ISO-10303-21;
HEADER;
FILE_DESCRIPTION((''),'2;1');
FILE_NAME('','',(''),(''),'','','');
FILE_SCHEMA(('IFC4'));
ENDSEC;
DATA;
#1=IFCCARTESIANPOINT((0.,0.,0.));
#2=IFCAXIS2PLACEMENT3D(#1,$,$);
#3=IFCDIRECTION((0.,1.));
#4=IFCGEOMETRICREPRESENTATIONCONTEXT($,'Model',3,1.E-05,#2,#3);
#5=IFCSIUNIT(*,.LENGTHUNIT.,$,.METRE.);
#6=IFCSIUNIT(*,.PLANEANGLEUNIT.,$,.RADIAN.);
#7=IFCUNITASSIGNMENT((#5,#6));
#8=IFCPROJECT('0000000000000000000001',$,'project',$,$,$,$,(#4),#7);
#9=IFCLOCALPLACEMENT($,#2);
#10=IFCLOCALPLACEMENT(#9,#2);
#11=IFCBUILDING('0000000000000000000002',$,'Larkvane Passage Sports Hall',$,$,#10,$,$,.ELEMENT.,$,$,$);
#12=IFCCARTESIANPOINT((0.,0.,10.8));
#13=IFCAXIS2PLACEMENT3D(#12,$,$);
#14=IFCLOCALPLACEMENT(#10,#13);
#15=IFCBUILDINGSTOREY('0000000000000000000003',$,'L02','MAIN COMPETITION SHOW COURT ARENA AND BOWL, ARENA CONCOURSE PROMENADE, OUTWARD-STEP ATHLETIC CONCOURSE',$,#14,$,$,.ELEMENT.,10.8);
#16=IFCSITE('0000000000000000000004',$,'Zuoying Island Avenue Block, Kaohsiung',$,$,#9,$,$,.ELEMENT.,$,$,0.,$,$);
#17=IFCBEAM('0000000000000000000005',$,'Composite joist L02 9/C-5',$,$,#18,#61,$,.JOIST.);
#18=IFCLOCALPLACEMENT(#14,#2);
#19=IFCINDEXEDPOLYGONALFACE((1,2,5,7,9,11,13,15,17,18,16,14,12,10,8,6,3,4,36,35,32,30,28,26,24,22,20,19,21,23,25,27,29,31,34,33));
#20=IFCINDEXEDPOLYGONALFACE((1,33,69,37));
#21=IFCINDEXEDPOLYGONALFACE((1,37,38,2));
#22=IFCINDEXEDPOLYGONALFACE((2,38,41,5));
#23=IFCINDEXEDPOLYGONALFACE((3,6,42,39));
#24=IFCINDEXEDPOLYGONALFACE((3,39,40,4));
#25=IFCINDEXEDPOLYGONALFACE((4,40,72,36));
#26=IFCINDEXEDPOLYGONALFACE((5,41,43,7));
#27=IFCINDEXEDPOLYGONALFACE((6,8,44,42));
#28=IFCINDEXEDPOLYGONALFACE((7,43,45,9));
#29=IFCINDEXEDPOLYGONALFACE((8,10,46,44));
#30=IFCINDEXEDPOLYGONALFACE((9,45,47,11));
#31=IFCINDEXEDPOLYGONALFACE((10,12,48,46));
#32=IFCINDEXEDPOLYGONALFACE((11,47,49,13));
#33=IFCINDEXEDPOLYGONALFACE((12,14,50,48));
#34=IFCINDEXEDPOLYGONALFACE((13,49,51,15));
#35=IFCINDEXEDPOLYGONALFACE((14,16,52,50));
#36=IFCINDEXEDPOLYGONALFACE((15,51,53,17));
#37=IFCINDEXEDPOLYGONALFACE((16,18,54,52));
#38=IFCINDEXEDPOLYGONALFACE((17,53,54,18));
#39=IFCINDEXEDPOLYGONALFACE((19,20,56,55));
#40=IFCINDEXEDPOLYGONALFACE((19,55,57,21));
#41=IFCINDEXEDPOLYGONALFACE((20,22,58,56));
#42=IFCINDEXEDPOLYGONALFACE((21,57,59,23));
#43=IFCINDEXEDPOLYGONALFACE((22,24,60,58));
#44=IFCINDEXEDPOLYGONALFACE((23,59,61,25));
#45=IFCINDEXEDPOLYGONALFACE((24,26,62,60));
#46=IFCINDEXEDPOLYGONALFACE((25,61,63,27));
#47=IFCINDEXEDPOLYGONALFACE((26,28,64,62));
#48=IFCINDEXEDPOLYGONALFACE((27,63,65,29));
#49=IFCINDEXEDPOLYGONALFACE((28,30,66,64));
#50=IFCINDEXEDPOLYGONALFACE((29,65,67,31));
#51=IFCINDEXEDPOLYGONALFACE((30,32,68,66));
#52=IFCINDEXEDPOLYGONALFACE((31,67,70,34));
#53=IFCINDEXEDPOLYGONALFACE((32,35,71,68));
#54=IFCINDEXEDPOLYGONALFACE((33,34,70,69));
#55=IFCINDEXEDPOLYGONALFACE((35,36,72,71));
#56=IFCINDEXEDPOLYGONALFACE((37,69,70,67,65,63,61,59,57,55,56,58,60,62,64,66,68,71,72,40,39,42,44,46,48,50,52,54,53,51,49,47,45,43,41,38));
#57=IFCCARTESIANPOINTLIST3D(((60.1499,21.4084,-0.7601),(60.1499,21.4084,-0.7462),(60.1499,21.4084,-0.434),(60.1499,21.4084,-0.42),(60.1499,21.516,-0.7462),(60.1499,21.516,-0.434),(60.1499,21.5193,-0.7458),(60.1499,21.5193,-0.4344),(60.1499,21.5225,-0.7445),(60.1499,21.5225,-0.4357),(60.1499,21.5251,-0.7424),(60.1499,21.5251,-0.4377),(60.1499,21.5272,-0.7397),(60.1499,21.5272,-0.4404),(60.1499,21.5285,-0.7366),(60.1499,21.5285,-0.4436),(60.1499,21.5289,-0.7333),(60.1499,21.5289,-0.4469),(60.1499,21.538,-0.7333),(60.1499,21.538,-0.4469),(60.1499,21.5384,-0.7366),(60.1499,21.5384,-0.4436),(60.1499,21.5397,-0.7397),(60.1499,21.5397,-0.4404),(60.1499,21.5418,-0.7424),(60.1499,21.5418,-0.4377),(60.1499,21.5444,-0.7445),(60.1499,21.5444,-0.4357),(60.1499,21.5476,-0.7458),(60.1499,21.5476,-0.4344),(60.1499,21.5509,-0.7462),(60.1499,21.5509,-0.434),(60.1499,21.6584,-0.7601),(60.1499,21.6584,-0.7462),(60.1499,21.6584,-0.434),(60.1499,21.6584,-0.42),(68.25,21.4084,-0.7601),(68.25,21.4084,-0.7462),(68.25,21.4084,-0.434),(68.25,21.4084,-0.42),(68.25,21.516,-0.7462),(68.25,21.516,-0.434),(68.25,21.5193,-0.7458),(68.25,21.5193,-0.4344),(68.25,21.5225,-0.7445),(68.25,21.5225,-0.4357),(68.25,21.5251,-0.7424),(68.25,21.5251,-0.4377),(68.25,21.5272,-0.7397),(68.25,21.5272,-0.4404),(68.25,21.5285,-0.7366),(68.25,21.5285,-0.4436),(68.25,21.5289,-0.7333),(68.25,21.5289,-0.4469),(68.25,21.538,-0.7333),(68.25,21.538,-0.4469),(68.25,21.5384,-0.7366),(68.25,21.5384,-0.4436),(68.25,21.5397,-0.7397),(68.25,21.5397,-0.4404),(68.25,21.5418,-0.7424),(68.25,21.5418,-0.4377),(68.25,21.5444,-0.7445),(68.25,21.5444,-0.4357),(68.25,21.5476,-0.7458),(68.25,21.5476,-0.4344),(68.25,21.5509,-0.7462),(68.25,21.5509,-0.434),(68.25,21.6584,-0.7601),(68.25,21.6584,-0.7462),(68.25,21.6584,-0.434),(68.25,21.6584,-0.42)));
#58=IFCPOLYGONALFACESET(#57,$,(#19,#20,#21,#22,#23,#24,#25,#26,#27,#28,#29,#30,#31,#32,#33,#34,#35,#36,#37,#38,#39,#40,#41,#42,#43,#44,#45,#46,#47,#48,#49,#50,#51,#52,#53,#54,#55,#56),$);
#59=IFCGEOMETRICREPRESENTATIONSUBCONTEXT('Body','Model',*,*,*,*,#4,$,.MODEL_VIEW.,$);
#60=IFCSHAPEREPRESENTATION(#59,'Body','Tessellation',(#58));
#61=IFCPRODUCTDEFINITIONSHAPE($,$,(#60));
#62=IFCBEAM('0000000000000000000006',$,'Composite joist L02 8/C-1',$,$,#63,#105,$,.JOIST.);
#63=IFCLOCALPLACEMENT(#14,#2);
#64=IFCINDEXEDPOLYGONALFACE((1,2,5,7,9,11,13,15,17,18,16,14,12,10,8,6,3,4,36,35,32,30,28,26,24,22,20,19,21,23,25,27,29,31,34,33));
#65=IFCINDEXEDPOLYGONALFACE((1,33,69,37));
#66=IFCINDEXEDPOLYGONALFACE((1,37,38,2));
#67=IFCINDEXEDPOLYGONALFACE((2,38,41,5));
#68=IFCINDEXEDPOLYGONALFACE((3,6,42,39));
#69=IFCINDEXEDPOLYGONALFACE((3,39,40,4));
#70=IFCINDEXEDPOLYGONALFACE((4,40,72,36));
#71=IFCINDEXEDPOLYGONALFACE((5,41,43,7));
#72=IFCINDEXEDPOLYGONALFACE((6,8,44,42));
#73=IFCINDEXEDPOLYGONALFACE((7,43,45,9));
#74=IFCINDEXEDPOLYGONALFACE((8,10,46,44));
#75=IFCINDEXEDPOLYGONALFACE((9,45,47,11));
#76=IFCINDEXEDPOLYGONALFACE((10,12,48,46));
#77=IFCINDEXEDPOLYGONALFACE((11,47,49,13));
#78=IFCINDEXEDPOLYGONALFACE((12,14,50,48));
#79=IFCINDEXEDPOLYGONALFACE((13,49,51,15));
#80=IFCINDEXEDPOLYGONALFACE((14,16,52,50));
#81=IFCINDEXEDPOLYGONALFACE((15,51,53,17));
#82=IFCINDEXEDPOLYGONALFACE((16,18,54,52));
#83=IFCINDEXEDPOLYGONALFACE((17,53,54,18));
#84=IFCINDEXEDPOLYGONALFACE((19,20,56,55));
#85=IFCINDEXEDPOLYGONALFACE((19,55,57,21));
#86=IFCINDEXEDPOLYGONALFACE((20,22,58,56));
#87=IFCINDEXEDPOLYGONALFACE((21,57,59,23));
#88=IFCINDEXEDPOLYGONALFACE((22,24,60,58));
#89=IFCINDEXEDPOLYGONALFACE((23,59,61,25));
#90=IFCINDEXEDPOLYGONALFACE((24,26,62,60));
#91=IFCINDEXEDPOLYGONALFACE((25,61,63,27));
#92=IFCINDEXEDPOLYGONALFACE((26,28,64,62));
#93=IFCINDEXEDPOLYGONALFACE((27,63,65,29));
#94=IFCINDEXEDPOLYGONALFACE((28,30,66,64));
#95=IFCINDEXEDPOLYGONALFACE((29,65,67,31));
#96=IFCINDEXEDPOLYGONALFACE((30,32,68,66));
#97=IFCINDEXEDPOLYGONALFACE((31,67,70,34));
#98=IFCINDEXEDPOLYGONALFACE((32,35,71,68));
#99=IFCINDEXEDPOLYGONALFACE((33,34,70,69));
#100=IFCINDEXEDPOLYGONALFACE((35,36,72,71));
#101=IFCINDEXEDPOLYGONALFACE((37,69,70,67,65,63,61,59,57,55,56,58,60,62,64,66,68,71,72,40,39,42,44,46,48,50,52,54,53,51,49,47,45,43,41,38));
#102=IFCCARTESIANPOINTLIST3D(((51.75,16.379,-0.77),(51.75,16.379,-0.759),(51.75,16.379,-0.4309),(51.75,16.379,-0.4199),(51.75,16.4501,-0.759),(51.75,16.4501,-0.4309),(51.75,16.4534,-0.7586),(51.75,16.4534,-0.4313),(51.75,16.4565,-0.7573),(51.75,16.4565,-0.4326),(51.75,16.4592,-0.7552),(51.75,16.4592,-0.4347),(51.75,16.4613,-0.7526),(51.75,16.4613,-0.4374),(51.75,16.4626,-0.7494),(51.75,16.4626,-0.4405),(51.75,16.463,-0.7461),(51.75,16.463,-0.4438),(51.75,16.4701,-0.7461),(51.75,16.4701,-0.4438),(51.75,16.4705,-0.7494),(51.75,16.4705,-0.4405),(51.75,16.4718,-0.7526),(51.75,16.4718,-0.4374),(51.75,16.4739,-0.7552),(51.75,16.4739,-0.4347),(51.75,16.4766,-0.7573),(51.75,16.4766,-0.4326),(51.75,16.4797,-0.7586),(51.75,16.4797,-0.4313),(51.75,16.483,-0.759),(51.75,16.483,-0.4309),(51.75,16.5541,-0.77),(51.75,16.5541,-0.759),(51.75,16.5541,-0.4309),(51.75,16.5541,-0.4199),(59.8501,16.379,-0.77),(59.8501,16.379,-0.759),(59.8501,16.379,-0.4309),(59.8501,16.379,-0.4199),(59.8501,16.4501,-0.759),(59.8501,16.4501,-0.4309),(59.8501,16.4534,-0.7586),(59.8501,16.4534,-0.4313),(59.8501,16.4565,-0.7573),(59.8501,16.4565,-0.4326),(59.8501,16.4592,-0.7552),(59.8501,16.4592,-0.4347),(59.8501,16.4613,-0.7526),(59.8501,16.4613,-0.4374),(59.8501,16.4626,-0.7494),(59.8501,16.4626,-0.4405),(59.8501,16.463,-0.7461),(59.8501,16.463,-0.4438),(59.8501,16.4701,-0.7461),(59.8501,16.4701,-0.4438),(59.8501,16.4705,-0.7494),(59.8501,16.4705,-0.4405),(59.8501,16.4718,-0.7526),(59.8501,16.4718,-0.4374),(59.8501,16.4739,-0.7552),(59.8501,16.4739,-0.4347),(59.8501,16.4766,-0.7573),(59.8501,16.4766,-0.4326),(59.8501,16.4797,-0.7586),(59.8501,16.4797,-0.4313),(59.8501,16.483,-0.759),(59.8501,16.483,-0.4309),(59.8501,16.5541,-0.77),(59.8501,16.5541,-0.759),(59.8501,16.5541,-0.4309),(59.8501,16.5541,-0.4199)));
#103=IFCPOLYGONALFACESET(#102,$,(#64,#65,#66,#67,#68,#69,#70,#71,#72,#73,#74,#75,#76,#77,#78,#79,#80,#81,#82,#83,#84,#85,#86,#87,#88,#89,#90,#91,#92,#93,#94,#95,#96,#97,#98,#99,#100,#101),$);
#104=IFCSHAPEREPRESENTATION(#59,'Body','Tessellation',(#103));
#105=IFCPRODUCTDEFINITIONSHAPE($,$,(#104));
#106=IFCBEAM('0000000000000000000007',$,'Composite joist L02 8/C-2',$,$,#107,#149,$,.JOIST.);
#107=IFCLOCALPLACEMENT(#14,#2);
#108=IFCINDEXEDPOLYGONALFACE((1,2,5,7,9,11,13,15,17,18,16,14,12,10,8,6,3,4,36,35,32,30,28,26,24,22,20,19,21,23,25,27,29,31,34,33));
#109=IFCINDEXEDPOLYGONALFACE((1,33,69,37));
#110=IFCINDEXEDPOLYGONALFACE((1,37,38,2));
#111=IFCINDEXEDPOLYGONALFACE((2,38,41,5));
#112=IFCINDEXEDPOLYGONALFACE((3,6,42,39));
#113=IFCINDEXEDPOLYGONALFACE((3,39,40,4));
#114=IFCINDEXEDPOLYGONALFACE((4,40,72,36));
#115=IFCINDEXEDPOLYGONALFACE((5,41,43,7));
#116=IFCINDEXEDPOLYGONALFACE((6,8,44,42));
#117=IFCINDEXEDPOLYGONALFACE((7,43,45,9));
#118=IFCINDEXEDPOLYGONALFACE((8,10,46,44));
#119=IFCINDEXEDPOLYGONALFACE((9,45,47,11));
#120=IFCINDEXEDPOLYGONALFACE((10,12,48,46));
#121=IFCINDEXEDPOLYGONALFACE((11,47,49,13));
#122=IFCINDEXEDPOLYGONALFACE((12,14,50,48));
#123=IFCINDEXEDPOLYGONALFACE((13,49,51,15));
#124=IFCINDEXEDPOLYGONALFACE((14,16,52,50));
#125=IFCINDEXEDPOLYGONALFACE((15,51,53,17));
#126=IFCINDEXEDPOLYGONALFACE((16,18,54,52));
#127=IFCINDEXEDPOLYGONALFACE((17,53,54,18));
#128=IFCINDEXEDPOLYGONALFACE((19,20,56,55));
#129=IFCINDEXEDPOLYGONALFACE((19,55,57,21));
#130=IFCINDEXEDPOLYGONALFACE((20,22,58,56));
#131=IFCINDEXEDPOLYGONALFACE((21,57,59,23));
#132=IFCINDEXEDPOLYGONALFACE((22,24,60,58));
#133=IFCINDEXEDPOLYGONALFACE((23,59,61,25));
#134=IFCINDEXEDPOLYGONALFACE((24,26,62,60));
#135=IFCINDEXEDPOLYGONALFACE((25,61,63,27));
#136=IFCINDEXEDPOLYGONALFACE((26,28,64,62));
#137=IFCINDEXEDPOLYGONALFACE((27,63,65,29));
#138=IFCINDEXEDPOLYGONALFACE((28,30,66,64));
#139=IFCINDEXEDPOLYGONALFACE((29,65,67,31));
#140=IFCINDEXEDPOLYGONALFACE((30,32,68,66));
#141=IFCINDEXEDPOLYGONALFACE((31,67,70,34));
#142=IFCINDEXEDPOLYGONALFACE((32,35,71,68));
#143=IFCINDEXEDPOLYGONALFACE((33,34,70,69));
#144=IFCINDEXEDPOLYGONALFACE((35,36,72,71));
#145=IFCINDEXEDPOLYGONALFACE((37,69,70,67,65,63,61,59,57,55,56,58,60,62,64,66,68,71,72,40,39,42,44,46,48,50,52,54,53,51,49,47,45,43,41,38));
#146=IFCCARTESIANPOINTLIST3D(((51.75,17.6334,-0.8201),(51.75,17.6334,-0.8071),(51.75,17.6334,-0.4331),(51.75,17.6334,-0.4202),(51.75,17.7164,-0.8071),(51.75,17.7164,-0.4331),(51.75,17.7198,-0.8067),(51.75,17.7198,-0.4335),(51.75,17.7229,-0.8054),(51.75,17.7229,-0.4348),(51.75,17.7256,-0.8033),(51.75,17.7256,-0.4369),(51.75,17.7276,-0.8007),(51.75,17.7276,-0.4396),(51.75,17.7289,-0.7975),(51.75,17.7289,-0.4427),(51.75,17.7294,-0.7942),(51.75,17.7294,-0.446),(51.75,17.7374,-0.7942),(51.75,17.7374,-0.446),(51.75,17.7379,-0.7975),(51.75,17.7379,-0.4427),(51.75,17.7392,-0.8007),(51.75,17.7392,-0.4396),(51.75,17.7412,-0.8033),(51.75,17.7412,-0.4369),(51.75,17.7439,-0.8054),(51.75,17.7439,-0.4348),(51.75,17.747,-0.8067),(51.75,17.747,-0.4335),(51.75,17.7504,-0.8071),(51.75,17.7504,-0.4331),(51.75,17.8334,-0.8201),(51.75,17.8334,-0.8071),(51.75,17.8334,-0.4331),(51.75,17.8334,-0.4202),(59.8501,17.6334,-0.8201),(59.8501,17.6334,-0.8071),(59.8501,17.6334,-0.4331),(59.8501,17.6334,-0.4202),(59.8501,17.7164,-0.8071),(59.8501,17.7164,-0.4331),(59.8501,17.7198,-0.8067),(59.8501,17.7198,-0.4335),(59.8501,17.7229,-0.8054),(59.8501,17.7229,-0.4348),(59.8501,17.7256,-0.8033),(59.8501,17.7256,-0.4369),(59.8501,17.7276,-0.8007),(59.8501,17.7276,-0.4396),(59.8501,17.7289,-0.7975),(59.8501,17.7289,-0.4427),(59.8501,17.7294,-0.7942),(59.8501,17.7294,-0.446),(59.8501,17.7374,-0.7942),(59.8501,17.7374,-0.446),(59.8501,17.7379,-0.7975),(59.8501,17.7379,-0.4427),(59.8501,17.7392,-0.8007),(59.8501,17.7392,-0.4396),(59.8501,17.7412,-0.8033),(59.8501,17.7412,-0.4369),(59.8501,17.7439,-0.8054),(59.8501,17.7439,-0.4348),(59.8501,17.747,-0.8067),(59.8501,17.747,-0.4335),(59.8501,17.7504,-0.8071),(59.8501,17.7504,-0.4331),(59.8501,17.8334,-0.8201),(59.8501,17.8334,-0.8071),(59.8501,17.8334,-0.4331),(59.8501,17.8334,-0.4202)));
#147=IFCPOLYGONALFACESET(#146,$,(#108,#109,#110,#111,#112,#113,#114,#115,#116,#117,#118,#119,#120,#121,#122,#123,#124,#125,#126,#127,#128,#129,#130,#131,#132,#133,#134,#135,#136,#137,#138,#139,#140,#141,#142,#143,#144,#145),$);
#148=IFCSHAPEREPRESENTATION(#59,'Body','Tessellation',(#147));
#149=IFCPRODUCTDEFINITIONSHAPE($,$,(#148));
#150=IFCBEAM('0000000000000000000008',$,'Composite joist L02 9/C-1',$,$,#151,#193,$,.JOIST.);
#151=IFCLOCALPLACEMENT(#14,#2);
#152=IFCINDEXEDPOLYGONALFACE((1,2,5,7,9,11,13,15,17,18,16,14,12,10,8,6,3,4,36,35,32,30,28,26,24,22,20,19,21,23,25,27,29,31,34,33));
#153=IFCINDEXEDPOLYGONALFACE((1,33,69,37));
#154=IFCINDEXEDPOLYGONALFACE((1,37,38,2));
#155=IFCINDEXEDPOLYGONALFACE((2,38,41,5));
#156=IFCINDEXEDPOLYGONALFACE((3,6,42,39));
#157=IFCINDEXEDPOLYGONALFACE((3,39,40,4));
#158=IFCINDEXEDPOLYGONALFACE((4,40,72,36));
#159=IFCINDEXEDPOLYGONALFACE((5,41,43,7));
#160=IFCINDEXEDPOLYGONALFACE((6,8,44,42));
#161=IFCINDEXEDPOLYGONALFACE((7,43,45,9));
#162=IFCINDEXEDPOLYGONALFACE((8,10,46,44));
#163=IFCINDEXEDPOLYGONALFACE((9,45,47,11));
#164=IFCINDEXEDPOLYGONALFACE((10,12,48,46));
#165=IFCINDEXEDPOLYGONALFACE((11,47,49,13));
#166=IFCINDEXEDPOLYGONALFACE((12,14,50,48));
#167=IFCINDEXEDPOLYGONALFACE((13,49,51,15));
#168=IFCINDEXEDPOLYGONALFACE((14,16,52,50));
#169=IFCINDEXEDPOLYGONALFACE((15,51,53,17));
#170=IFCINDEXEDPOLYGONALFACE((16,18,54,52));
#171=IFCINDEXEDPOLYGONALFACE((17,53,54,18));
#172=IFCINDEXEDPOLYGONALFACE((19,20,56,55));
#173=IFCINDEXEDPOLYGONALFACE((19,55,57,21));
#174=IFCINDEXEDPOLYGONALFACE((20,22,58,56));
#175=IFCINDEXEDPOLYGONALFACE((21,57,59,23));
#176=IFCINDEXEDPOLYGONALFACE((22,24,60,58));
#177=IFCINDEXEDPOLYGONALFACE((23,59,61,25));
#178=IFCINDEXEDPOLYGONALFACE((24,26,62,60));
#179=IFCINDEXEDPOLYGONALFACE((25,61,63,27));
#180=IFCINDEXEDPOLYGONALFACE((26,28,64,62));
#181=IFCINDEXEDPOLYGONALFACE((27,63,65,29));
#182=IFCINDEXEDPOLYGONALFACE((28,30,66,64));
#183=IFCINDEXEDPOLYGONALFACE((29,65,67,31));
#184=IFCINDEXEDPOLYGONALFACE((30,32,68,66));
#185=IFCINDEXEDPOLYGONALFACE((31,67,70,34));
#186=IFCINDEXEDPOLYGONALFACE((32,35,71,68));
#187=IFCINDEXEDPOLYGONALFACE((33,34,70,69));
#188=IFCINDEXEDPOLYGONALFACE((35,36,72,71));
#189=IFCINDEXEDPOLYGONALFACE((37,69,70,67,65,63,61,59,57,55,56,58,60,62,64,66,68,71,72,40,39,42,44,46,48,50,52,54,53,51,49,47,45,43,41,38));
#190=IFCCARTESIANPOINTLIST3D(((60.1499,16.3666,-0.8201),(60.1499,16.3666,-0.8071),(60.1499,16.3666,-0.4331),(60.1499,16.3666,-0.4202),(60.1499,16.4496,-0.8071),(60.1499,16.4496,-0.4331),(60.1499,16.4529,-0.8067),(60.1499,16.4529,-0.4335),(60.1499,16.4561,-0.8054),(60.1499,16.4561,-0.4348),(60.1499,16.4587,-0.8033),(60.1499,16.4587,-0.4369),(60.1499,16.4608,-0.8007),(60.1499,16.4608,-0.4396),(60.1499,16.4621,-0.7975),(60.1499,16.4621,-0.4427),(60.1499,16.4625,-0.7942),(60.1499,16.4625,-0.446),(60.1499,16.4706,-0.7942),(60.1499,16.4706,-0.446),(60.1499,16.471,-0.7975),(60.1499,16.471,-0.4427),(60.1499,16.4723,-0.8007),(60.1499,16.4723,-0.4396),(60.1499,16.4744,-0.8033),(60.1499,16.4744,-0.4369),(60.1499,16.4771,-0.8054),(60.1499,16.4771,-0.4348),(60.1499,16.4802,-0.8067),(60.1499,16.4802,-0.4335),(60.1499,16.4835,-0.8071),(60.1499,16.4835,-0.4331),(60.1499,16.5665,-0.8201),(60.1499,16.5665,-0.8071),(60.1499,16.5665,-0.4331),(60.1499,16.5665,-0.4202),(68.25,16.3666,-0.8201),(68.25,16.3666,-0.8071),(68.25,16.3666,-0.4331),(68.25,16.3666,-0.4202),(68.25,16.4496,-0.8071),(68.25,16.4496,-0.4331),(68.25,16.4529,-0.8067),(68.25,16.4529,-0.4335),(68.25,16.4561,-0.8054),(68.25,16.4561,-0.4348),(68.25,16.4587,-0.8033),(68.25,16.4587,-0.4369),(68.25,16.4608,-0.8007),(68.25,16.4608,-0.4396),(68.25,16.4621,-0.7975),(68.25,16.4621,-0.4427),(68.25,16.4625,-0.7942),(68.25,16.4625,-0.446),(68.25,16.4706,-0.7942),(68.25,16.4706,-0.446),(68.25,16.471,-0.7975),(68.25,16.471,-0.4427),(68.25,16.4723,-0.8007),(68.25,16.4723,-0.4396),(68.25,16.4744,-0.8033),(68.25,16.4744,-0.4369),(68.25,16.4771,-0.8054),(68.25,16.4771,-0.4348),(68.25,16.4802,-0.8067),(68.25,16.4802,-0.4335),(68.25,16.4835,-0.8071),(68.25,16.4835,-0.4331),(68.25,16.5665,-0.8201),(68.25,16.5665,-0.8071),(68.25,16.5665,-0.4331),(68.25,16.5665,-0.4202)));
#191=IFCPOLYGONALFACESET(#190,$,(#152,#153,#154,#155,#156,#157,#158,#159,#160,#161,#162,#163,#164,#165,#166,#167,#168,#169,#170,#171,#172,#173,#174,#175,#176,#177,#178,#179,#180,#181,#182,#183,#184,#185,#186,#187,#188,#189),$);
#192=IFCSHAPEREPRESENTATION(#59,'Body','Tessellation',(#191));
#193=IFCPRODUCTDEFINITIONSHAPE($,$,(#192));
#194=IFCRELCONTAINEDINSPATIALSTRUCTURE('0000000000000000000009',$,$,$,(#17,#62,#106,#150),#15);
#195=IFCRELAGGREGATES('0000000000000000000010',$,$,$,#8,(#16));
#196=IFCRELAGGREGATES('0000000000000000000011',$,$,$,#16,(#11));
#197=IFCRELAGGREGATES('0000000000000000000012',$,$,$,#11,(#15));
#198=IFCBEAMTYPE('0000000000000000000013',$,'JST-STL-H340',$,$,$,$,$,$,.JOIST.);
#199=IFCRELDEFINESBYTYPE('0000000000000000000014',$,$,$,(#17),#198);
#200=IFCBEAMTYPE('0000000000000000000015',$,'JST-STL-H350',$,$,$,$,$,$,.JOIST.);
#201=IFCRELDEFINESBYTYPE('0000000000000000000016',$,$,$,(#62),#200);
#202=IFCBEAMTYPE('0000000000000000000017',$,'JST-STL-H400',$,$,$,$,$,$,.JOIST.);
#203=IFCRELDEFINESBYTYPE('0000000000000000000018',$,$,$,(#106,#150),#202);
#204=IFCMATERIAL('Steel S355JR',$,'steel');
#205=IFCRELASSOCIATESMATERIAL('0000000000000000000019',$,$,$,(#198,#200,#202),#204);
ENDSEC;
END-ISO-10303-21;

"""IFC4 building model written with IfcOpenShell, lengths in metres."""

from ifc_helpers import new_model, si_unit, direction, frame, origin, origin_2d, place, context, subcontext, project, spatial, i_section, extrude, material, material_profile, profile_set, type_object, element, save


model = new_model("IFC4")

# Units and contexts
model_context = context("Model", 3, precision=1e-05, world=origin(), true_north=direction((0.0, 1.0)))
body_context = subcontext(model_context, "Body", "Model", "MODEL_VIEW")
ifc_project = project(units=[si_unit("LENGTHUNIT", "METRE"), si_unit("PLANEANGLEUNIT", "RADIAN")], contexts=[model_context])

# Site, building, storey
site_placement = place(None, origin())
site = spatial("IfcSite", under=ifc_project, at=site_placement, Name="Zuoying Island Avenue Block, Kaohsiung", CompositionType="ELEMENT", RefElevation=0.0)
building_placement = place(site_placement, origin())
building = spatial("IfcBuilding", under=site, at=building_placement, Name="Larkvane Passage Sports Hall", CompositionType="ELEMENT")
storey_placement = place(building_placement, frame((0.0, 0.0, 10.8)))
storey = spatial("IfcBuildingStorey", under=building, at=storey_placement, Name="L02", Description="MAIN COMPETITION SHOW COURT ARENA AND BOWL, ARENA CONCOURSE PROMENADE, OUTWARD-STEP ATHLETIC CONCOURSE", CompositionType="ELEMENT", Elevation=10.8)

# Shared definitions
ifc_material_1 = material(Name="Steel S355JR", Category="steel")

# Beams
ifc_material_profile_1 = material_profile(ifc_material_1, i_section(OverallWidth=0.25, OverallDepth=0.3401, WebThickness=0.009, FlangeThickness=0.0139, FilletRadius=0.0129, at=origin_2d()), Name="H-340x250x9x14")
ifc_profile_set_1 = profile_set([ifc_material_profile_1], Name="Steel S355JR")
beam_type_1 = type_object("IfcBeamType", Name="JST-STL-H340", PredefinedType="JOIST", material=ifc_profile_set_1)
beam_1_placement = place(storey_placement, frame((60.1499, 21.5334, -0.5901), z_axis=(1.0, 0.0, 0.0), x_axis=(0.0, 1.0, 0.0)))
element("IfcBeam", 1, at=beam_1_placement, inside=storey, type_object=beam_type_1, Name="Composite joist L02 9/C-5", PredefinedType="JOIST", context=body_context, shape_type="SweptSolid", body=[
    extrude(i_section(OverallWidth=0.25, OverallDepth=0.3401, WebThickness=0.009, FlangeThickness=0.0139, FilletRadius=0.0129, at=origin_2d()), origin(), (0.0, 0.0, 1.0), 8.1001),
])
ifc_material_profile_2 = material_profile(ifc_material_1, i_section(OverallWidth=0.175, OverallDepth=0.3501, WebThickness=0.0071, FlangeThickness=0.011, FilletRadius=0.0129, at=origin_2d()), Name="H-350x175x7x11")
ifc_profile_set_2 = profile_set([ifc_material_profile_2], Name="Steel S355JR")
beam_type_2 = type_object("IfcBeamType", Name="JST-STL-H350", PredefinedType="JOIST", material=ifc_profile_set_2)
beam_2_placement = place(storey_placement, frame((51.75, 16.4666, -0.595), z_axis=(1.0, 0.0, 0.0), x_axis=(0.0, 1.0, 0.0)))
element("IfcBeam", 2, at=beam_2_placement, inside=storey, type_object=beam_type_2, Name="Composite joist L02 8/C-1", PredefinedType="JOIST", context=body_context, shape_type="SweptSolid", body=[
    extrude(i_section(OverallWidth=0.175, OverallDepth=0.3501, WebThickness=0.0071, FlangeThickness=0.011, FilletRadius=0.0129, at=origin_2d()), origin(), (0.0, 0.0, 1.0), 8.1001),
])
ifc_material_profile_3 = material_profile(ifc_material_1, i_section(OverallWidth=0.2, OverallDepth=0.3999, WebThickness=0.0081, FlangeThickness=0.0129, FilletRadius=0.0129, at=origin_2d()), Name="H-400x200x8x13")
ifc_profile_set_3 = profile_set([ifc_material_profile_3], Name="Steel S355JR")
beam_type_3 = type_object("IfcBeamType", Name="JST-STL-H400", PredefinedType="JOIST", material=ifc_profile_set_3)
for number, where, z_axis, x_axis, name in (
    (3, (51.75, 17.7334, -0.6201), (1.0, 0.0, 0.0), (0.0, 1.0, 0.0), "Composite joist L02 8/C-2"),
    (4, (60.1499, 16.4666, -0.6201), (1.0, 0.0, 0.0), (0.0, 1.0, 0.0), "Composite joist L02 9/C-1"),
):
    element("IfcBeam", number, at=place(storey_placement, frame(where, z_axis=z_axis, x_axis=x_axis)), inside=storey, type_object=beam_type_3, Name=name, PredefinedType="JOIST", context=body_context, shape_type="SweptSolid", body=[
        extrude(i_section(OverallWidth=0.2, OverallDepth=0.3999, WebThickness=0.0081, FlangeThickness=0.0129, FilletRadius=0.0129, at=origin_2d()), origin(), (0.0, 0.0, 1.0), 8.1001),
    ])

save(model, "model.ifc")
